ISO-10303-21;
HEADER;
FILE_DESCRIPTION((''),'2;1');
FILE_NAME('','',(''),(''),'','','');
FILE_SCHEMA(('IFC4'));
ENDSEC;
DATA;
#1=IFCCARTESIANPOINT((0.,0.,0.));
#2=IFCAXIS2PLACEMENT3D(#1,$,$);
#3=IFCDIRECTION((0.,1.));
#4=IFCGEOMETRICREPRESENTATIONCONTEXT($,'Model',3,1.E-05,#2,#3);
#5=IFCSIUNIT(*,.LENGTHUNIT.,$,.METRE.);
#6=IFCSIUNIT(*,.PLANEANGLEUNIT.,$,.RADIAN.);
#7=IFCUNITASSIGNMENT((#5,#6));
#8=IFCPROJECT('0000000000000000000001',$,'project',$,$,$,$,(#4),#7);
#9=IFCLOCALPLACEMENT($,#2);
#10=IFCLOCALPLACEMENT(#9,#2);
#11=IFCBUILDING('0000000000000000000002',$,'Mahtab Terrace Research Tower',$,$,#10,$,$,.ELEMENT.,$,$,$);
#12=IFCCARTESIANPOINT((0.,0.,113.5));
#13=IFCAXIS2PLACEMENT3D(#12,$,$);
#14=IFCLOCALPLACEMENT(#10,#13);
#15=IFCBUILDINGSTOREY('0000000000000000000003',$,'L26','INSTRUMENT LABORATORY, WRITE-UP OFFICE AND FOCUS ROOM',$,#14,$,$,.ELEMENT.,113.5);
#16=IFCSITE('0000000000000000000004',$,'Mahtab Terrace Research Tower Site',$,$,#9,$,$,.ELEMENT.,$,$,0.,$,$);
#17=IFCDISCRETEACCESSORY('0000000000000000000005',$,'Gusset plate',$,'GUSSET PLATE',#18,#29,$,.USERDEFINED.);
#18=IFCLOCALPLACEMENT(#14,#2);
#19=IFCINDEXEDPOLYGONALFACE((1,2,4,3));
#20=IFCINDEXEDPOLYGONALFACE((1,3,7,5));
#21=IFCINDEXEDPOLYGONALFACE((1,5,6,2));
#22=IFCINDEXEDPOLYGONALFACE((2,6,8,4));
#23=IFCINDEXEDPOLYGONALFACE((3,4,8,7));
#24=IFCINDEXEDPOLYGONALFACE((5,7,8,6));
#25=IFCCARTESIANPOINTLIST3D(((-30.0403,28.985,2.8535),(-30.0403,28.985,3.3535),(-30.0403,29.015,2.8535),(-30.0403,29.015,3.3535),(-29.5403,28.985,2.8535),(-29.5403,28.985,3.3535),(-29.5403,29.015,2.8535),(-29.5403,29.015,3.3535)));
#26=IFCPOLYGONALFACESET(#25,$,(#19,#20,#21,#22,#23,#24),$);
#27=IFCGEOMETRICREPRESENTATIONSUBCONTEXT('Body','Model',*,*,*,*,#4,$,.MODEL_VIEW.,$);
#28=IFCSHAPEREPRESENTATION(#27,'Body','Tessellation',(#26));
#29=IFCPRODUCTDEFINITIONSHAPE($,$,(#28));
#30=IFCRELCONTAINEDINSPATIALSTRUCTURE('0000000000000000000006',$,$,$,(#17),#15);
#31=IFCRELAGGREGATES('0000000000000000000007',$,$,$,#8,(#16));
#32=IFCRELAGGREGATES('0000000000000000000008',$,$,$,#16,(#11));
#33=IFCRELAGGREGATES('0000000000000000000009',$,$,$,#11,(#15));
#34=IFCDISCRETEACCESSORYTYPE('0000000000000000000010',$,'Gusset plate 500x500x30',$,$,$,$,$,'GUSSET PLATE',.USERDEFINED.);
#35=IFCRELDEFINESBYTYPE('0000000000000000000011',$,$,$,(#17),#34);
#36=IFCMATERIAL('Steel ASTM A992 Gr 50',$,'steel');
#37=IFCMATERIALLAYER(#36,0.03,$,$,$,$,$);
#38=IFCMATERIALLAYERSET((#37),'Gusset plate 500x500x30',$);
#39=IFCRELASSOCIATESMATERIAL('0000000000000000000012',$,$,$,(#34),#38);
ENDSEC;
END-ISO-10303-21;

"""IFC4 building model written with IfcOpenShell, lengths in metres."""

from ifc_helpers import new_model, si_unit, direction, frame, origin, origin_2d, place, context, subcontext, project, spatial, rectangle, extrude, material, layer, layer_set, type_object, element, save


model = new_model("IFC4")

# Units and contexts
model_context = context("Model", 3, precision=1e-05, world=origin(), true_north=direction((0.0, 1.0)))
body_context = subcontext(model_context, "Body", "Model", "MODEL_VIEW")
ifc_project = project(units=[si_unit("LENGTHUNIT", "METRE"), si_unit("PLANEANGLEUNIT", "RADIAN")], contexts=[model_context])

# Site, building, storey
site_placement = place(None, origin())
site = spatial("IfcSite", under=ifc_project, at=site_placement, Name="Mahtab Terrace Research Tower Site", CompositionType="ELEMENT", RefElevation=0.0)
building_placement = place(site_placement, origin())
building = spatial("IfcBuilding", under=site, at=building_placement, Name="Mahtab Terrace Research Tower", CompositionType="ELEMENT")
storey_placement = place(building_placement, frame((0.0, 0.0, 113.5)))
storey = spatial("IfcBuildingStorey", under=building, at=storey_placement, Name="L26", Description="INSTRUMENT LABORATORY, WRITE-UP OFFICE AND FOCUS ROOM", CompositionType="ELEMENT", Elevation=113.5)

# Shared definitions
ifc_material_1 = material(Name="Steel ASTM A992 Gr 50", Category="steel")

# Discrete accessory
ifc_layer_1 = layer(ifc_material_1, 0.03)
ifc_layer_set_1 = layer_set([ifc_layer_1], Name="Gusset plate 500x500x30")
discrete_accessory_type = type_object("IfcDiscreteAccessoryType", Name="Gusset plate 500x500x30", ElementType="GUSSET PLATE", PredefinedType="USERDEFINED", material=ifc_layer_set_1)
discrete_accessory_placement = place(storey_placement, frame((-29.7903, 29.0, 2.8535), z_axis=(0.0, 0.0, 1.0), x_axis=(1.0, 0.0, 0.0)))
element("IfcDiscreteAccessory", 1, at=discrete_accessory_placement, inside=storey, type_object=discrete_accessory_type, Name="Gusset plate", ObjectType="GUSSET PLATE", PredefinedType="USERDEFINED", context=body_context, shape_type="SweptSolid", body=[
    extrude(rectangle(XDim=0.5, YDim=0.03, at=origin_2d()), origin(), (0.0, 0.0, 1.0), 0.5),
])

save(model, "model.ifc")
